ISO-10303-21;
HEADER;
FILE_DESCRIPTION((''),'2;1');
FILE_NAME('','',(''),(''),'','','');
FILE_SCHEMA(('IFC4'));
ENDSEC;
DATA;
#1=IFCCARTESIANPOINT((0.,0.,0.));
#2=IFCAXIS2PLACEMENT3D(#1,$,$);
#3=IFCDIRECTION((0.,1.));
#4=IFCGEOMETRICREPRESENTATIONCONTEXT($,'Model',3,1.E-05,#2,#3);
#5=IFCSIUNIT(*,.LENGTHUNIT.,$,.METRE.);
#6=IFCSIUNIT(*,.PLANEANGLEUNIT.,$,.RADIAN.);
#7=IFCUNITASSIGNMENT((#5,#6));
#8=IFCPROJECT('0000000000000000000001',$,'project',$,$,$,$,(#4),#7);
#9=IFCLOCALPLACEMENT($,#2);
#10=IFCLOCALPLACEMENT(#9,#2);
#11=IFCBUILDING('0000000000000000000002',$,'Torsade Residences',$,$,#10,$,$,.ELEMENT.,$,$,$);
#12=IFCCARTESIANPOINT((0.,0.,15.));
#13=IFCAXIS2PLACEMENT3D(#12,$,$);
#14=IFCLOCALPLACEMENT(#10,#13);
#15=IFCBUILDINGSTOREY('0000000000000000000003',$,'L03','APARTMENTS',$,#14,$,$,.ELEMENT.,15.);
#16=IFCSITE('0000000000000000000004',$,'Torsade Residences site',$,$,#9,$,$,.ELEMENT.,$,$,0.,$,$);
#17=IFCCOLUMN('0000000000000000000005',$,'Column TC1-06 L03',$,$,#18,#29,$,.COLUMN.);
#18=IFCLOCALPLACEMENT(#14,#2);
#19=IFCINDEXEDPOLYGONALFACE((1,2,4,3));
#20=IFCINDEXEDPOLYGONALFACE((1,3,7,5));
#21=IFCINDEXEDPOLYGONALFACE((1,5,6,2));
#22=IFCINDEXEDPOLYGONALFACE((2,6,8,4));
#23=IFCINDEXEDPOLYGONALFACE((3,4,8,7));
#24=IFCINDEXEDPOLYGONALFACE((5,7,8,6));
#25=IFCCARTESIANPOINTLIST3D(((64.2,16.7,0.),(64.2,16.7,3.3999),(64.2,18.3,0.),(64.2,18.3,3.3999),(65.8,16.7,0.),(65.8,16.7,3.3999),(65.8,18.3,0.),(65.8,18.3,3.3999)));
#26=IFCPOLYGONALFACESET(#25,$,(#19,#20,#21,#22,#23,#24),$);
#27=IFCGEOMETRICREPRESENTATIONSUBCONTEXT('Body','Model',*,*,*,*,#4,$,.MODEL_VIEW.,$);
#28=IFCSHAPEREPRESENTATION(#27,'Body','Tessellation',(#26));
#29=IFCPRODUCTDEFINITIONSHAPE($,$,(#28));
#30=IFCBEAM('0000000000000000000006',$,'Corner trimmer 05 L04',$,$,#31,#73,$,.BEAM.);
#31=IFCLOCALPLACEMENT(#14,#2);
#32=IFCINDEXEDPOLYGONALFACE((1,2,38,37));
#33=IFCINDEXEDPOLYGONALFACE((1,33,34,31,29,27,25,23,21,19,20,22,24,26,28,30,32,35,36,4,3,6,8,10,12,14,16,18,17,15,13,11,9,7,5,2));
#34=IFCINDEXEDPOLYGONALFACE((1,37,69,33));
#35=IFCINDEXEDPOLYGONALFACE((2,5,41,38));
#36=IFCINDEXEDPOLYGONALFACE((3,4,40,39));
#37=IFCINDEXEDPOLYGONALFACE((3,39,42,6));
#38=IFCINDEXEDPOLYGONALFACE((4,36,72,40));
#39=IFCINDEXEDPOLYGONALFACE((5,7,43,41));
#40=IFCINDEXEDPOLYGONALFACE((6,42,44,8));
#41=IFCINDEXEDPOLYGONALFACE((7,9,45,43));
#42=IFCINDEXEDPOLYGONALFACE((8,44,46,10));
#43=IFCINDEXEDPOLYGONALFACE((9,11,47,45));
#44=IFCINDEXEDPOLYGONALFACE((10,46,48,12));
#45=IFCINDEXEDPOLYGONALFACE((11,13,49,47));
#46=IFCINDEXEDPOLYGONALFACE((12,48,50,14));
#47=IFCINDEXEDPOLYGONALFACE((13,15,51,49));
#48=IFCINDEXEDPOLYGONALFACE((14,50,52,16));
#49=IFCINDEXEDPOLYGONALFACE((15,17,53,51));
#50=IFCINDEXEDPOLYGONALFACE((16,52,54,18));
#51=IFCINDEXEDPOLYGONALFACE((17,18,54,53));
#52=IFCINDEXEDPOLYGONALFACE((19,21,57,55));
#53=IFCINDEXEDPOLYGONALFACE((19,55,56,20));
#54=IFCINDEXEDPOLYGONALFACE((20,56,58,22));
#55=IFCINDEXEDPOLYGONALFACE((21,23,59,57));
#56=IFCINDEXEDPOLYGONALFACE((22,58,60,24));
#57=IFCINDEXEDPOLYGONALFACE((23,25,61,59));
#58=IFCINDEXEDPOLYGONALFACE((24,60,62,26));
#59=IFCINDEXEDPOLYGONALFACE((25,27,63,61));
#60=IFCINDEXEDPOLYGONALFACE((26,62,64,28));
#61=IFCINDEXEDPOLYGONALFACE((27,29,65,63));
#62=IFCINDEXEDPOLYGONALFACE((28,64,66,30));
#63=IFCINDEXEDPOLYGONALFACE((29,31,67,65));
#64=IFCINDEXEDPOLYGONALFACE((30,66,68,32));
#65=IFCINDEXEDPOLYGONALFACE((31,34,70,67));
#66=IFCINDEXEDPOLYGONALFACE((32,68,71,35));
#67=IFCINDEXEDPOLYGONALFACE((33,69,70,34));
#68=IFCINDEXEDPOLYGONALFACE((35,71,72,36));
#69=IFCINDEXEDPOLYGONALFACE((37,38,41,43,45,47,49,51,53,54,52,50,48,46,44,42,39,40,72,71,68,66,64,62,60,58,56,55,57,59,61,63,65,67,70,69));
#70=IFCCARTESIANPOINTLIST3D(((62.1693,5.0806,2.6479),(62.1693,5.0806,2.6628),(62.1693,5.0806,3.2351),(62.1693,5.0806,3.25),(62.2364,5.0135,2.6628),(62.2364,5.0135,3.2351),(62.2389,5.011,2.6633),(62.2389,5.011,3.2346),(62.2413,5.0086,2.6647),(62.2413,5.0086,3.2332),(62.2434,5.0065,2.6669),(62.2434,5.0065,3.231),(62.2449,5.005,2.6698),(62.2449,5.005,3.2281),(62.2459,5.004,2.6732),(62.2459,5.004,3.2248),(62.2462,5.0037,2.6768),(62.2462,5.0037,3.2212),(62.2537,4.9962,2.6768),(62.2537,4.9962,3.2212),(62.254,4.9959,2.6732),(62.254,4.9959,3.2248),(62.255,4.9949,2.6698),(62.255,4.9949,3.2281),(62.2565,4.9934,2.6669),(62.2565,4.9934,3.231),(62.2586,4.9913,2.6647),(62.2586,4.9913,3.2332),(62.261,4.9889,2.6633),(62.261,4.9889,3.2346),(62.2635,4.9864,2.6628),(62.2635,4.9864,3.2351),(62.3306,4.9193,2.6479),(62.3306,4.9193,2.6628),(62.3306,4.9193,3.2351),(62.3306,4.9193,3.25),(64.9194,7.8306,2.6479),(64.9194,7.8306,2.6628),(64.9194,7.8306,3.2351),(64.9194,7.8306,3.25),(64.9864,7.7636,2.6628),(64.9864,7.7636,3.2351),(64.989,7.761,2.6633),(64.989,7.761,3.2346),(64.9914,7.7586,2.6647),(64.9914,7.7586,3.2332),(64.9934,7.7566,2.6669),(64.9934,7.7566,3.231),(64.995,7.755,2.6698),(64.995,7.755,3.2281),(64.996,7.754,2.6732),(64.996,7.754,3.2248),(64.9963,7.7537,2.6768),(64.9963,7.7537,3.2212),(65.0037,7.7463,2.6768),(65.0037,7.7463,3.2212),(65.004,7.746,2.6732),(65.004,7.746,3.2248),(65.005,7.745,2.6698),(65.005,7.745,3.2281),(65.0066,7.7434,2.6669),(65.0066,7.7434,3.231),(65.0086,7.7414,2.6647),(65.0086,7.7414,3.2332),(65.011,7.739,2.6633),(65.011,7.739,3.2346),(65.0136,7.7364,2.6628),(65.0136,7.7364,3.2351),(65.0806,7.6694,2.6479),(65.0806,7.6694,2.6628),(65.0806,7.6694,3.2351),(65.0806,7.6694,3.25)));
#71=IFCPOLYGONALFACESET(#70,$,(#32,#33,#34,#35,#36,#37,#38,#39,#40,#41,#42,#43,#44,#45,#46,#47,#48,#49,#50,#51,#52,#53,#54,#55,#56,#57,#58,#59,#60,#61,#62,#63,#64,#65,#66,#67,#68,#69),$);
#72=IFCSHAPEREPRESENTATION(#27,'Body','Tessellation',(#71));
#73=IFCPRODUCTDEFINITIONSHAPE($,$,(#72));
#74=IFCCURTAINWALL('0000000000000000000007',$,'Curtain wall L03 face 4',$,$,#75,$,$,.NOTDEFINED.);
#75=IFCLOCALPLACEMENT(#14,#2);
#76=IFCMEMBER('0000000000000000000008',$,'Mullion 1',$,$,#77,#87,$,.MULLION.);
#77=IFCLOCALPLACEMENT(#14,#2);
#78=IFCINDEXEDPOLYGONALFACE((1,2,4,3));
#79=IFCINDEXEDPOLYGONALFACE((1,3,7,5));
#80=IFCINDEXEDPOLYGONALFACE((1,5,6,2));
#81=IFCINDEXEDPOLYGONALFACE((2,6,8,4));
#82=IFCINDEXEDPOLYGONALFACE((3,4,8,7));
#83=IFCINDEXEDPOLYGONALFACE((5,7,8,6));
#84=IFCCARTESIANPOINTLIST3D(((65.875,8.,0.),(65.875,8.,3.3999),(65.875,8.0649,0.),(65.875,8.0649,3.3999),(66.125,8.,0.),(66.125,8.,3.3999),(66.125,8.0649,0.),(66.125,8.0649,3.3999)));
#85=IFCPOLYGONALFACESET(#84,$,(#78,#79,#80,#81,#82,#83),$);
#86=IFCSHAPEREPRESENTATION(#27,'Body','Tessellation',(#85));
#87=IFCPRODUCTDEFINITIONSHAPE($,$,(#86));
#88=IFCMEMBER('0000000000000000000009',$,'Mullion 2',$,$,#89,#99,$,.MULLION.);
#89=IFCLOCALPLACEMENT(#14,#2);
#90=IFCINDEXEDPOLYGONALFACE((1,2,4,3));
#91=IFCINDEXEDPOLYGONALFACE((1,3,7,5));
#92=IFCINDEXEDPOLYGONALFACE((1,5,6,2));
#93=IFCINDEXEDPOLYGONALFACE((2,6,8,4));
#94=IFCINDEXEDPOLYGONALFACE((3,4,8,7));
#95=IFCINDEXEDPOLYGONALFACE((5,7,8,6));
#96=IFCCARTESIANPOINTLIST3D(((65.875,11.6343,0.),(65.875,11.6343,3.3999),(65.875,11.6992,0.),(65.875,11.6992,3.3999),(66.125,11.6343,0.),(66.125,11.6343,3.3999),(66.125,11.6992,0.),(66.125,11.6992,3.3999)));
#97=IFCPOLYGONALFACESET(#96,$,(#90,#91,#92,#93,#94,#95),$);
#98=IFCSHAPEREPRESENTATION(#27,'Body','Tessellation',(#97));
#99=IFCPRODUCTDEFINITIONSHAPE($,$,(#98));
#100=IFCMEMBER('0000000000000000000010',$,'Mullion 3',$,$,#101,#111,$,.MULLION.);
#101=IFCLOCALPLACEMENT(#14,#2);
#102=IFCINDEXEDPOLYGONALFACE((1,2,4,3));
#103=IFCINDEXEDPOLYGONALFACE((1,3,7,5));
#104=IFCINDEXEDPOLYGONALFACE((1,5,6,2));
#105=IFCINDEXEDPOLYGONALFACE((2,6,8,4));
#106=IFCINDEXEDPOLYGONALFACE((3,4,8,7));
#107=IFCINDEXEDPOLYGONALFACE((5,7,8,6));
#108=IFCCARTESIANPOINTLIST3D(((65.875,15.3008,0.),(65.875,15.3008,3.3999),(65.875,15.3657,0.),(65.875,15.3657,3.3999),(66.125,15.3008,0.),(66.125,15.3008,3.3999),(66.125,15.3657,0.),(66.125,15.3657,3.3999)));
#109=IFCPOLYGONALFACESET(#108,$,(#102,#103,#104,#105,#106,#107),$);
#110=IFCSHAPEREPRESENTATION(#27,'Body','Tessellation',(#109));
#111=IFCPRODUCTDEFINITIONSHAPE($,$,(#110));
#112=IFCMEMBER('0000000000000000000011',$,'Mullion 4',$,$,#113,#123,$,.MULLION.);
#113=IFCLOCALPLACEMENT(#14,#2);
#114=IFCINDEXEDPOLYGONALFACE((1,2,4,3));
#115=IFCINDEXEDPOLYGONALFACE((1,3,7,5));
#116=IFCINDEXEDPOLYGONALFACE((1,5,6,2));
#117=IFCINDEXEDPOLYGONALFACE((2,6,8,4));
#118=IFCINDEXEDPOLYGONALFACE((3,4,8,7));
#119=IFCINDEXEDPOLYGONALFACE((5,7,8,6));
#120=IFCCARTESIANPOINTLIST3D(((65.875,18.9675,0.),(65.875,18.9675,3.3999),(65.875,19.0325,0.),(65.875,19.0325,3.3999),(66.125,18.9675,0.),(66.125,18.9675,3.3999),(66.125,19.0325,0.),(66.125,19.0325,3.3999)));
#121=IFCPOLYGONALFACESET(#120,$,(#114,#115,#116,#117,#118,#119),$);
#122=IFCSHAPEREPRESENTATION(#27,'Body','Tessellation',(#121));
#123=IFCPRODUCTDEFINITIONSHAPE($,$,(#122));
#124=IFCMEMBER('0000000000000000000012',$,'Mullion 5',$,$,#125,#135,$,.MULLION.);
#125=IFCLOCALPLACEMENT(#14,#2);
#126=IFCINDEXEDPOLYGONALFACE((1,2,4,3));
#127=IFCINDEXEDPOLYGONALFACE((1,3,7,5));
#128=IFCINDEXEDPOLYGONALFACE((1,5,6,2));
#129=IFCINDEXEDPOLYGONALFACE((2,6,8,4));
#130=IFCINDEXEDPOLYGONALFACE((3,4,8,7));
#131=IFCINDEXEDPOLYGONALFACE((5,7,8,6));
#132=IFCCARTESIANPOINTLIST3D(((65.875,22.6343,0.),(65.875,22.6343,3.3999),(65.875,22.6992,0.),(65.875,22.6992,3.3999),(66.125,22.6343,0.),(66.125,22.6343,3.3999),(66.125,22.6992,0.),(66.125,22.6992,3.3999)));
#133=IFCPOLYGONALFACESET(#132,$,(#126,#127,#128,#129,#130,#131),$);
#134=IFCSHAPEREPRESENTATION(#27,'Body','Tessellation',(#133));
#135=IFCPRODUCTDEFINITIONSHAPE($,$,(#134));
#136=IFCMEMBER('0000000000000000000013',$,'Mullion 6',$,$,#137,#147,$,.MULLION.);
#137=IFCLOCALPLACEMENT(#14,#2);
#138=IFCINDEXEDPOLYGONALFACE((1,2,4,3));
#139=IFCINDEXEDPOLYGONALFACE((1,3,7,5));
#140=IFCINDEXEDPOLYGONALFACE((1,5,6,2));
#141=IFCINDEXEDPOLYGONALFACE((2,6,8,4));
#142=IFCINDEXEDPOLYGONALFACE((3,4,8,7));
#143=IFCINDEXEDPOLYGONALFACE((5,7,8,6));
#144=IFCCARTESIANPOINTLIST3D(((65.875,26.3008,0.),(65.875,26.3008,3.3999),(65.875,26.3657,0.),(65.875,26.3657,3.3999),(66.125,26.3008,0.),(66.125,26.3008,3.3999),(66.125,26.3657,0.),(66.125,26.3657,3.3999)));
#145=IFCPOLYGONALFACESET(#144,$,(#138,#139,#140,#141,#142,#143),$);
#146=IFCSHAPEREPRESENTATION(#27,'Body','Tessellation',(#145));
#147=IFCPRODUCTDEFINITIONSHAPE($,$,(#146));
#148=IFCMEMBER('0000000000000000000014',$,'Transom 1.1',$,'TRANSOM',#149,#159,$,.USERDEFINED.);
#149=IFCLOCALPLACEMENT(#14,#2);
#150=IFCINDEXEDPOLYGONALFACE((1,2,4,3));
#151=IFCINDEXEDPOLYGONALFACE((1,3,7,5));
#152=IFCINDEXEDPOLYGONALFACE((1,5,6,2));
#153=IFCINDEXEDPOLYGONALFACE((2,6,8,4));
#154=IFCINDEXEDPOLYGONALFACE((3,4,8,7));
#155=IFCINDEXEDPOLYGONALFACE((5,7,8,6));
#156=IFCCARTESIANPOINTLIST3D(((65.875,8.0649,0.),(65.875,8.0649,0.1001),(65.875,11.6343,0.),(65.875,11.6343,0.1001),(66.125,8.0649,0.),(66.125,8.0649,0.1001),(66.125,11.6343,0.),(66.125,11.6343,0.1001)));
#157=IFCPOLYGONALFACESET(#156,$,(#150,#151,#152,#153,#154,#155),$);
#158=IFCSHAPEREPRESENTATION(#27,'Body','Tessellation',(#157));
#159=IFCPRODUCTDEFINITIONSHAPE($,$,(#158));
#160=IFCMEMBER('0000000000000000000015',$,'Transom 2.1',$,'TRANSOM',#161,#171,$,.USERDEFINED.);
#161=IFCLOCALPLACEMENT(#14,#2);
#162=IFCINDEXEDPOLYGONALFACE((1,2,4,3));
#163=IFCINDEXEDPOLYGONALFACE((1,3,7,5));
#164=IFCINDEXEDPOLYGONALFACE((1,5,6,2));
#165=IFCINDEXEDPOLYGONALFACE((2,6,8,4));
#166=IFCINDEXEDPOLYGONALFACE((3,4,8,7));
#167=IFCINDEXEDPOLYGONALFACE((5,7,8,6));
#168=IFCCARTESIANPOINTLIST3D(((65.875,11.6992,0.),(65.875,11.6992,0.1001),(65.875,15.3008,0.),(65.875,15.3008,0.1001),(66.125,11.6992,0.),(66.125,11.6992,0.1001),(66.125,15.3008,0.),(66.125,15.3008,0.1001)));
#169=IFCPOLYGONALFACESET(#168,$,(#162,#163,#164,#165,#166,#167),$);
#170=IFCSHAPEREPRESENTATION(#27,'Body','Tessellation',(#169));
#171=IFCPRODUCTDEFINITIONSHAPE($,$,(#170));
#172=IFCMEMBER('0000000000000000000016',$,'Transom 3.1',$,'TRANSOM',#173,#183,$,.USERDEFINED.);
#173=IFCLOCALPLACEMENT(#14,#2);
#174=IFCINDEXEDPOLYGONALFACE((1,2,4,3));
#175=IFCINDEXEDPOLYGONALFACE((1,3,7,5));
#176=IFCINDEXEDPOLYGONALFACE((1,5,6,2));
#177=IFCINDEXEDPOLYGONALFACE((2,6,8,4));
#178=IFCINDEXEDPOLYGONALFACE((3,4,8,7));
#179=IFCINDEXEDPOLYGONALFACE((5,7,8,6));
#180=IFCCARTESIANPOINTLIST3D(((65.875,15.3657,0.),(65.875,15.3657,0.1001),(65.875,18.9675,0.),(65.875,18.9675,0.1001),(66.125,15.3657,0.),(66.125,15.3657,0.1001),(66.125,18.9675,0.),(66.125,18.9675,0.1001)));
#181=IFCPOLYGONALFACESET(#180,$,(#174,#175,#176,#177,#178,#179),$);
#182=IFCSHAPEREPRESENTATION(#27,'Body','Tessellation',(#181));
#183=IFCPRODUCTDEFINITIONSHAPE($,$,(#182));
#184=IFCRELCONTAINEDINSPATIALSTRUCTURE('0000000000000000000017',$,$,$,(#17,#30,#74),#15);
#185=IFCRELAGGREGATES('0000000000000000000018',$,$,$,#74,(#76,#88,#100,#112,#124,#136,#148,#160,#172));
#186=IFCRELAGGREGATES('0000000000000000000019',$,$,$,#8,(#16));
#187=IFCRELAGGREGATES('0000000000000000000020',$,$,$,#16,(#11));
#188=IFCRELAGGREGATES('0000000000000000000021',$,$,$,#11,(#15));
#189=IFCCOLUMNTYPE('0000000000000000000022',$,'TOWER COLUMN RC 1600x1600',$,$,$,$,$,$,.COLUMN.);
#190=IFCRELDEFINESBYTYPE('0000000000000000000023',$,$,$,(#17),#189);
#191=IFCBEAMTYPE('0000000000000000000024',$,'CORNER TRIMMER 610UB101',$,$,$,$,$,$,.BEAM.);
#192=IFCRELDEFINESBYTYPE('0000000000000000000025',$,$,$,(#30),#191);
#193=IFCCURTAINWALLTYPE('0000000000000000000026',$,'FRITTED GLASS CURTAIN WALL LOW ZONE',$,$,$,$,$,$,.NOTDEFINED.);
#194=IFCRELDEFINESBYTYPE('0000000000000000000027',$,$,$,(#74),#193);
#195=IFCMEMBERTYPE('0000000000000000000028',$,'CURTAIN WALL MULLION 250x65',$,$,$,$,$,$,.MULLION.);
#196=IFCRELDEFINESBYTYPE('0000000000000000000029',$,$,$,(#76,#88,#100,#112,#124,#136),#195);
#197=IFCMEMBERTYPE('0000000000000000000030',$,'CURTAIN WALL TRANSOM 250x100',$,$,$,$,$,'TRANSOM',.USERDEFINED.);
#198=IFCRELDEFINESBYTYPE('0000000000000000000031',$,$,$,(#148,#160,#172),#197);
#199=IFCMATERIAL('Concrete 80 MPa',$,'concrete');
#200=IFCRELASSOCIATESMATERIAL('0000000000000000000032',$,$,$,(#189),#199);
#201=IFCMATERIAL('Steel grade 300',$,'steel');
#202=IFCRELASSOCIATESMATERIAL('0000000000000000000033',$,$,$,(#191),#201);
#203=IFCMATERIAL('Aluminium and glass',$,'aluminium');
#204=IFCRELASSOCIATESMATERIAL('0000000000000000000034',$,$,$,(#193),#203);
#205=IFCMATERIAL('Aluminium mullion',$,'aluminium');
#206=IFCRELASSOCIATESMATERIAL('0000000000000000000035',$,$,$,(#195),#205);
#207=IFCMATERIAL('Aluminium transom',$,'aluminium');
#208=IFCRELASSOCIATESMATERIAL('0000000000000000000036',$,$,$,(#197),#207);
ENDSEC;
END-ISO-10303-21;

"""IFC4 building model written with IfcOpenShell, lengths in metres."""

from ifc_helpers import new_model, si_unit, direction, frame, origin, origin_2d, place, context, subcontext, project, spatial, rectangle, i_section, extrude, material, material_profile, profile_set, type_object, element, aggregate, save


model = new_model("IFC4")

# Units and contexts
model_context = context("Model", 3, precision=1e-05, world=origin(), true_north=direction((0.0, 1.0)))
body_context = subcontext(model_context, "Body", "Model", "MODEL_VIEW")
ifc_project = project(units=[si_unit("LENGTHUNIT", "METRE"), si_unit("PLANEANGLEUNIT", "RADIAN")], contexts=[model_context])

# Site, building, storey
site_placement = place(None, origin())
site = spatial("IfcSite", under=ifc_project, at=site_placement, Name="Torsade Residences site", CompositionType="ELEMENT", RefElevation=0.0)
building_placement = place(site_placement, origin())
building = spatial("IfcBuilding", under=site, at=building_placement, Name="Torsade Residences", CompositionType="ELEMENT")
storey_placement = place(building_placement, frame((0.0, 0.0, 15.0)))
storey = spatial("IfcBuildingStorey", under=building, at=storey_placement, Name="L03", Description="APARTMENTS", CompositionType="ELEMENT", Elevation=15.0)

# Column
ifc_material_1 = material(Name="Concrete 80 MPa", Category="concrete")
ifc_material_profile_1 = material_profile(ifc_material_1, rectangle(XDim=1.6001, YDim=1.6001, at=origin_2d()), Name="RC 1600x1600")
ifc_profile_set_1 = profile_set([ifc_material_profile_1], Name="Concrete 80 MPa")
column_type = type_object("IfcColumnType", Name="TOWER COLUMN RC 1600x1600", PredefinedType="COLUMN", material=ifc_profile_set_1)
column_placement = place(storey_placement, frame((65.0, 17.5, 0.0), z_axis=(0.0, 0.0, 1.0), x_axis=(1.0, 0.0, 0.0)))
element("IfcColumn", 1, at=column_placement, inside=storey, type_object=column_type, Name="Column TC1-06 L03", PredefinedType="COLUMN", context=body_context, shape_type="SweptSolid", body=[
    extrude(rectangle(XDim=1.6001, YDim=1.6001, at=origin_2d()), origin(), (0.0, 0.0, 1.0), 3.3999),
])

# Beam
ifc_material_2 = material(Name="Steel grade 300", Category="steel")
ifc_material_profile_2 = material_profile(ifc_material_2, i_section(OverallWidth=0.228, OverallDepth=0.6021, WebThickness=0.0105, FlangeThickness=0.0149, FilletRadius=0.0139, at=origin_2d()), Name="610UB101")
ifc_profile_set_2 = profile_set([ifc_material_profile_2], Name="Steel grade 300")
beam_type_1 = type_object("IfcBeamType", Name="CORNER TRIMMER 610UB101", PredefinedType="BEAM", material=ifc_profile_set_2)
beam_1_placement = place(storey_placement, frame((65.0, 7.75, 2.949), z_axis=(-0.707107, -0.707107, 0.0), x_axis=(0.707107, -0.707107, 0.0)))
element("IfcBeam", 2, at=beam_1_placement, inside=storey, type_object=beam_type_1, Name="Corner trimmer 05 L04", PredefinedType="BEAM", context=body_context, shape_type="SweptSolid", body=[
    extrude(i_section(OverallWidth=0.228, OverallDepth=0.6021, WebThickness=0.0105, FlangeThickness=0.0149, FilletRadius=0.0139, at=origin_2d()), origin(), (0.0, 0.0, 1.0), 3.8892),
])

# Curtain wall, members
ifc_material_3 = material(Name="Aluminium and glass", Category="aluminium")
curtain_wall_type = type_object("IfcCurtainWallType", Name="FRITTED GLASS CURTAIN WALL LOW ZONE", PredefinedType="NOTDEFINED", material=ifc_material_3)
curtain_wall_placement = place(storey_placement, origin())
curtain_wall = element("IfcCurtainWall", 3, at=curtain_wall_placement, inside=storey, type_object=curtain_wall_type, Name="Curtain wall L03 face 4", PredefinedType="NOTDEFINED")
ifc_material_4 = material(Name="Aluminium mullion", Category="aluminium")
ifc_material_profile_3 = material_profile(ifc_material_4, rectangle(XDim=0.25, YDim=0.0649, at=origin_2d()), Name="CURTAIN WALL MULLION 250x65")
ifc_profile_set_3 = profile_set([ifc_material_profile_3], Name="Aluminium mullion")
member_type_1 = type_object("IfcMemberType", Name="CURTAIN WALL MULLION 250x65", PredefinedType="MULLION", material=ifc_profile_set_3)
member_1_placement = place(storey_placement, frame((66.0, 8.0325, 0.0), z_axis=(0.0, 0.0, 1.0), x_axis=(-1.0, 0.0, 0.0)))
member_1 = element("IfcMember", 4, at=member_1_placement, type_object=member_type_1, Name="Mullion 1", PredefinedType="MULLION", context=body_context, shape_type="SweptSolid", body=[
    extrude(rectangle(XDim=0.25, YDim=0.0649, at=origin_2d()), origin(), (0.0, 0.0, 1.0), 3.3999),
])
member_2_placement = place(storey_placement, frame((66.0, 11.6667, 0.0), z_axis=(0.0, 0.0, 1.0), x_axis=(-1.0, 0.0, 0.0)))
member_2 = element("IfcMember", 5, at=member_2_placement, type_object=member_type_1, Name="Mullion 2", PredefinedType="MULLION", context=body_context, shape_type="SweptSolid", body=[
    extrude(rectangle(XDim=0.25, YDim=0.0649, at=origin_2d()), origin(), (0.0, 0.0, 1.0), 3.3999),
])
member_3_placement = place(storey_placement, frame((66.0, 15.3333, 0.0), z_axis=(0.0, 0.0, 1.0), x_axis=(-1.0, 0.0, 0.0)))
member_3 = element("IfcMember", 6, at=member_3_placement, type_object=member_type_1, Name="Mullion 3", PredefinedType="MULLION", context=body_context, shape_type="SweptSolid", body=[
    extrude(rectangle(XDim=0.25, YDim=0.0649, at=origin_2d()), origin(), (0.0, 0.0, 1.0), 3.3999),
])
member_4_placement = place(storey_placement, frame((66.0, 19.0, 0.0), z_axis=(0.0, 0.0, 1.0), x_axis=(-1.0, 0.0, 0.0)))
member_4 = element("IfcMember", 7, at=member_4_placement, type_object=member_type_1, Name="Mullion 4", PredefinedType="MULLION", context=body_context, shape_type="SweptSolid", body=[
    extrude(rectangle(XDim=0.25, YDim=0.0649, at=origin_2d()), origin(), (0.0, 0.0, 1.0), 3.3999),
])
member_5_placement = place(storey_placement, frame((66.0, 22.6667, 0.0), z_axis=(0.0, 0.0, 1.0), x_axis=(-1.0, 0.0, 0.0)))
member_5 = element("IfcMember", 8, at=member_5_placement, type_object=member_type_1, Name="Mullion 5", PredefinedType="MULLION", context=body_context, shape_type="SweptSolid", body=[
    extrude(rectangle(XDim=0.25, YDim=0.0649, at=origin_2d()), origin(), (0.0, 0.0, 1.0), 3.3999),
])
member_6_placement = place(storey_placement, frame((66.0, 26.3333, 0.0), z_axis=(0.0, 0.0, 1.0), x_axis=(-1.0, 0.0, 0.0)))
member_6 = element("IfcMember", 9, at=member_6_placement, type_object=member_type_1, Name="Mullion 6", PredefinedType="MULLION", context=body_context, shape_type="SweptSolid", body=[
    extrude(rectangle(XDim=0.25, YDim=0.0649, at=origin_2d()), origin(), (0.0, 0.0, 1.0), 3.3999),
])
ifc_material_5 = material(Name="Aluminium transom", Category="aluminium")
ifc_material_profile_4 = material_profile(ifc_material_5, rectangle(XDim=0.25, YDim=0.1001, at=origin_2d()), Name="CURTAIN WALL TRANSOM 250x100")
ifc_profile_set_4 = profile_set([ifc_material_profile_4], Name="Aluminium transom")
member_type_2 = type_object("IfcMemberType", Name="CURTAIN WALL TRANSOM 250x100", ElementType="TRANSOM", PredefinedType="USERDEFINED", material=ifc_profile_set_4)
member_7_placement = place(storey_placement, frame((66.0, 8.0649, 0.05), z_axis=(0.0, 1.0, 0.0), x_axis=(-1.0, 0.0, 0.0)))
member_7 = element("IfcMember", 10, at=member_7_placement, type_object=member_type_2, Name="Transom 1.1", ObjectType="TRANSOM", PredefinedType="USERDEFINED", context=body_context, shape_type="SweptSolid", body=[
    extrude(rectangle(XDim=0.25, YDim=0.1001, at=origin_2d()), origin(), (0.0, 0.0, 1.0), 3.5693),
])
member_8_placement = place(storey_placement, frame((66.0, 11.6992, 0.05), z_axis=(0.0, 1.0, 0.0), x_axis=(-1.0, 0.0, 0.0)))
member_8 = element("IfcMember", 11, at=member_8_placement, type_object=member_type_2, Name="Transom 2.1", ObjectType="TRANSOM", PredefinedType="USERDEFINED", context=body_context, shape_type="SweptSolid", body=[
    extrude(rectangle(XDim=0.25, YDim=0.1001, at=origin_2d()), origin(), (0.0, 0.0, 1.0), 3.6016),
])
member_9_placement = place(storey_placement, frame((66.0, 15.3657, 0.05), z_axis=(0.0, 1.0, 0.0), x_axis=(-1.0, 0.0, 0.0)))
member_9 = element("IfcMember", 12, at=member_9_placement, type_object=member_type_2, Name="Transom 3.1", ObjectType="TRANSOM", PredefinedType="USERDEFINED", context=body_context, shape_type="SweptSolid", body=[
    extrude(rectangle(XDim=0.25, YDim=0.1001, at=origin_2d()), origin(), (0.0, 0.0, 1.0), 3.6018),
])

aggregate(curtain_wall, [member_1, member_2, member_3, member_4, member_5, member_6, member_7, member_8, member_9])

save(model, "model.ifc")
